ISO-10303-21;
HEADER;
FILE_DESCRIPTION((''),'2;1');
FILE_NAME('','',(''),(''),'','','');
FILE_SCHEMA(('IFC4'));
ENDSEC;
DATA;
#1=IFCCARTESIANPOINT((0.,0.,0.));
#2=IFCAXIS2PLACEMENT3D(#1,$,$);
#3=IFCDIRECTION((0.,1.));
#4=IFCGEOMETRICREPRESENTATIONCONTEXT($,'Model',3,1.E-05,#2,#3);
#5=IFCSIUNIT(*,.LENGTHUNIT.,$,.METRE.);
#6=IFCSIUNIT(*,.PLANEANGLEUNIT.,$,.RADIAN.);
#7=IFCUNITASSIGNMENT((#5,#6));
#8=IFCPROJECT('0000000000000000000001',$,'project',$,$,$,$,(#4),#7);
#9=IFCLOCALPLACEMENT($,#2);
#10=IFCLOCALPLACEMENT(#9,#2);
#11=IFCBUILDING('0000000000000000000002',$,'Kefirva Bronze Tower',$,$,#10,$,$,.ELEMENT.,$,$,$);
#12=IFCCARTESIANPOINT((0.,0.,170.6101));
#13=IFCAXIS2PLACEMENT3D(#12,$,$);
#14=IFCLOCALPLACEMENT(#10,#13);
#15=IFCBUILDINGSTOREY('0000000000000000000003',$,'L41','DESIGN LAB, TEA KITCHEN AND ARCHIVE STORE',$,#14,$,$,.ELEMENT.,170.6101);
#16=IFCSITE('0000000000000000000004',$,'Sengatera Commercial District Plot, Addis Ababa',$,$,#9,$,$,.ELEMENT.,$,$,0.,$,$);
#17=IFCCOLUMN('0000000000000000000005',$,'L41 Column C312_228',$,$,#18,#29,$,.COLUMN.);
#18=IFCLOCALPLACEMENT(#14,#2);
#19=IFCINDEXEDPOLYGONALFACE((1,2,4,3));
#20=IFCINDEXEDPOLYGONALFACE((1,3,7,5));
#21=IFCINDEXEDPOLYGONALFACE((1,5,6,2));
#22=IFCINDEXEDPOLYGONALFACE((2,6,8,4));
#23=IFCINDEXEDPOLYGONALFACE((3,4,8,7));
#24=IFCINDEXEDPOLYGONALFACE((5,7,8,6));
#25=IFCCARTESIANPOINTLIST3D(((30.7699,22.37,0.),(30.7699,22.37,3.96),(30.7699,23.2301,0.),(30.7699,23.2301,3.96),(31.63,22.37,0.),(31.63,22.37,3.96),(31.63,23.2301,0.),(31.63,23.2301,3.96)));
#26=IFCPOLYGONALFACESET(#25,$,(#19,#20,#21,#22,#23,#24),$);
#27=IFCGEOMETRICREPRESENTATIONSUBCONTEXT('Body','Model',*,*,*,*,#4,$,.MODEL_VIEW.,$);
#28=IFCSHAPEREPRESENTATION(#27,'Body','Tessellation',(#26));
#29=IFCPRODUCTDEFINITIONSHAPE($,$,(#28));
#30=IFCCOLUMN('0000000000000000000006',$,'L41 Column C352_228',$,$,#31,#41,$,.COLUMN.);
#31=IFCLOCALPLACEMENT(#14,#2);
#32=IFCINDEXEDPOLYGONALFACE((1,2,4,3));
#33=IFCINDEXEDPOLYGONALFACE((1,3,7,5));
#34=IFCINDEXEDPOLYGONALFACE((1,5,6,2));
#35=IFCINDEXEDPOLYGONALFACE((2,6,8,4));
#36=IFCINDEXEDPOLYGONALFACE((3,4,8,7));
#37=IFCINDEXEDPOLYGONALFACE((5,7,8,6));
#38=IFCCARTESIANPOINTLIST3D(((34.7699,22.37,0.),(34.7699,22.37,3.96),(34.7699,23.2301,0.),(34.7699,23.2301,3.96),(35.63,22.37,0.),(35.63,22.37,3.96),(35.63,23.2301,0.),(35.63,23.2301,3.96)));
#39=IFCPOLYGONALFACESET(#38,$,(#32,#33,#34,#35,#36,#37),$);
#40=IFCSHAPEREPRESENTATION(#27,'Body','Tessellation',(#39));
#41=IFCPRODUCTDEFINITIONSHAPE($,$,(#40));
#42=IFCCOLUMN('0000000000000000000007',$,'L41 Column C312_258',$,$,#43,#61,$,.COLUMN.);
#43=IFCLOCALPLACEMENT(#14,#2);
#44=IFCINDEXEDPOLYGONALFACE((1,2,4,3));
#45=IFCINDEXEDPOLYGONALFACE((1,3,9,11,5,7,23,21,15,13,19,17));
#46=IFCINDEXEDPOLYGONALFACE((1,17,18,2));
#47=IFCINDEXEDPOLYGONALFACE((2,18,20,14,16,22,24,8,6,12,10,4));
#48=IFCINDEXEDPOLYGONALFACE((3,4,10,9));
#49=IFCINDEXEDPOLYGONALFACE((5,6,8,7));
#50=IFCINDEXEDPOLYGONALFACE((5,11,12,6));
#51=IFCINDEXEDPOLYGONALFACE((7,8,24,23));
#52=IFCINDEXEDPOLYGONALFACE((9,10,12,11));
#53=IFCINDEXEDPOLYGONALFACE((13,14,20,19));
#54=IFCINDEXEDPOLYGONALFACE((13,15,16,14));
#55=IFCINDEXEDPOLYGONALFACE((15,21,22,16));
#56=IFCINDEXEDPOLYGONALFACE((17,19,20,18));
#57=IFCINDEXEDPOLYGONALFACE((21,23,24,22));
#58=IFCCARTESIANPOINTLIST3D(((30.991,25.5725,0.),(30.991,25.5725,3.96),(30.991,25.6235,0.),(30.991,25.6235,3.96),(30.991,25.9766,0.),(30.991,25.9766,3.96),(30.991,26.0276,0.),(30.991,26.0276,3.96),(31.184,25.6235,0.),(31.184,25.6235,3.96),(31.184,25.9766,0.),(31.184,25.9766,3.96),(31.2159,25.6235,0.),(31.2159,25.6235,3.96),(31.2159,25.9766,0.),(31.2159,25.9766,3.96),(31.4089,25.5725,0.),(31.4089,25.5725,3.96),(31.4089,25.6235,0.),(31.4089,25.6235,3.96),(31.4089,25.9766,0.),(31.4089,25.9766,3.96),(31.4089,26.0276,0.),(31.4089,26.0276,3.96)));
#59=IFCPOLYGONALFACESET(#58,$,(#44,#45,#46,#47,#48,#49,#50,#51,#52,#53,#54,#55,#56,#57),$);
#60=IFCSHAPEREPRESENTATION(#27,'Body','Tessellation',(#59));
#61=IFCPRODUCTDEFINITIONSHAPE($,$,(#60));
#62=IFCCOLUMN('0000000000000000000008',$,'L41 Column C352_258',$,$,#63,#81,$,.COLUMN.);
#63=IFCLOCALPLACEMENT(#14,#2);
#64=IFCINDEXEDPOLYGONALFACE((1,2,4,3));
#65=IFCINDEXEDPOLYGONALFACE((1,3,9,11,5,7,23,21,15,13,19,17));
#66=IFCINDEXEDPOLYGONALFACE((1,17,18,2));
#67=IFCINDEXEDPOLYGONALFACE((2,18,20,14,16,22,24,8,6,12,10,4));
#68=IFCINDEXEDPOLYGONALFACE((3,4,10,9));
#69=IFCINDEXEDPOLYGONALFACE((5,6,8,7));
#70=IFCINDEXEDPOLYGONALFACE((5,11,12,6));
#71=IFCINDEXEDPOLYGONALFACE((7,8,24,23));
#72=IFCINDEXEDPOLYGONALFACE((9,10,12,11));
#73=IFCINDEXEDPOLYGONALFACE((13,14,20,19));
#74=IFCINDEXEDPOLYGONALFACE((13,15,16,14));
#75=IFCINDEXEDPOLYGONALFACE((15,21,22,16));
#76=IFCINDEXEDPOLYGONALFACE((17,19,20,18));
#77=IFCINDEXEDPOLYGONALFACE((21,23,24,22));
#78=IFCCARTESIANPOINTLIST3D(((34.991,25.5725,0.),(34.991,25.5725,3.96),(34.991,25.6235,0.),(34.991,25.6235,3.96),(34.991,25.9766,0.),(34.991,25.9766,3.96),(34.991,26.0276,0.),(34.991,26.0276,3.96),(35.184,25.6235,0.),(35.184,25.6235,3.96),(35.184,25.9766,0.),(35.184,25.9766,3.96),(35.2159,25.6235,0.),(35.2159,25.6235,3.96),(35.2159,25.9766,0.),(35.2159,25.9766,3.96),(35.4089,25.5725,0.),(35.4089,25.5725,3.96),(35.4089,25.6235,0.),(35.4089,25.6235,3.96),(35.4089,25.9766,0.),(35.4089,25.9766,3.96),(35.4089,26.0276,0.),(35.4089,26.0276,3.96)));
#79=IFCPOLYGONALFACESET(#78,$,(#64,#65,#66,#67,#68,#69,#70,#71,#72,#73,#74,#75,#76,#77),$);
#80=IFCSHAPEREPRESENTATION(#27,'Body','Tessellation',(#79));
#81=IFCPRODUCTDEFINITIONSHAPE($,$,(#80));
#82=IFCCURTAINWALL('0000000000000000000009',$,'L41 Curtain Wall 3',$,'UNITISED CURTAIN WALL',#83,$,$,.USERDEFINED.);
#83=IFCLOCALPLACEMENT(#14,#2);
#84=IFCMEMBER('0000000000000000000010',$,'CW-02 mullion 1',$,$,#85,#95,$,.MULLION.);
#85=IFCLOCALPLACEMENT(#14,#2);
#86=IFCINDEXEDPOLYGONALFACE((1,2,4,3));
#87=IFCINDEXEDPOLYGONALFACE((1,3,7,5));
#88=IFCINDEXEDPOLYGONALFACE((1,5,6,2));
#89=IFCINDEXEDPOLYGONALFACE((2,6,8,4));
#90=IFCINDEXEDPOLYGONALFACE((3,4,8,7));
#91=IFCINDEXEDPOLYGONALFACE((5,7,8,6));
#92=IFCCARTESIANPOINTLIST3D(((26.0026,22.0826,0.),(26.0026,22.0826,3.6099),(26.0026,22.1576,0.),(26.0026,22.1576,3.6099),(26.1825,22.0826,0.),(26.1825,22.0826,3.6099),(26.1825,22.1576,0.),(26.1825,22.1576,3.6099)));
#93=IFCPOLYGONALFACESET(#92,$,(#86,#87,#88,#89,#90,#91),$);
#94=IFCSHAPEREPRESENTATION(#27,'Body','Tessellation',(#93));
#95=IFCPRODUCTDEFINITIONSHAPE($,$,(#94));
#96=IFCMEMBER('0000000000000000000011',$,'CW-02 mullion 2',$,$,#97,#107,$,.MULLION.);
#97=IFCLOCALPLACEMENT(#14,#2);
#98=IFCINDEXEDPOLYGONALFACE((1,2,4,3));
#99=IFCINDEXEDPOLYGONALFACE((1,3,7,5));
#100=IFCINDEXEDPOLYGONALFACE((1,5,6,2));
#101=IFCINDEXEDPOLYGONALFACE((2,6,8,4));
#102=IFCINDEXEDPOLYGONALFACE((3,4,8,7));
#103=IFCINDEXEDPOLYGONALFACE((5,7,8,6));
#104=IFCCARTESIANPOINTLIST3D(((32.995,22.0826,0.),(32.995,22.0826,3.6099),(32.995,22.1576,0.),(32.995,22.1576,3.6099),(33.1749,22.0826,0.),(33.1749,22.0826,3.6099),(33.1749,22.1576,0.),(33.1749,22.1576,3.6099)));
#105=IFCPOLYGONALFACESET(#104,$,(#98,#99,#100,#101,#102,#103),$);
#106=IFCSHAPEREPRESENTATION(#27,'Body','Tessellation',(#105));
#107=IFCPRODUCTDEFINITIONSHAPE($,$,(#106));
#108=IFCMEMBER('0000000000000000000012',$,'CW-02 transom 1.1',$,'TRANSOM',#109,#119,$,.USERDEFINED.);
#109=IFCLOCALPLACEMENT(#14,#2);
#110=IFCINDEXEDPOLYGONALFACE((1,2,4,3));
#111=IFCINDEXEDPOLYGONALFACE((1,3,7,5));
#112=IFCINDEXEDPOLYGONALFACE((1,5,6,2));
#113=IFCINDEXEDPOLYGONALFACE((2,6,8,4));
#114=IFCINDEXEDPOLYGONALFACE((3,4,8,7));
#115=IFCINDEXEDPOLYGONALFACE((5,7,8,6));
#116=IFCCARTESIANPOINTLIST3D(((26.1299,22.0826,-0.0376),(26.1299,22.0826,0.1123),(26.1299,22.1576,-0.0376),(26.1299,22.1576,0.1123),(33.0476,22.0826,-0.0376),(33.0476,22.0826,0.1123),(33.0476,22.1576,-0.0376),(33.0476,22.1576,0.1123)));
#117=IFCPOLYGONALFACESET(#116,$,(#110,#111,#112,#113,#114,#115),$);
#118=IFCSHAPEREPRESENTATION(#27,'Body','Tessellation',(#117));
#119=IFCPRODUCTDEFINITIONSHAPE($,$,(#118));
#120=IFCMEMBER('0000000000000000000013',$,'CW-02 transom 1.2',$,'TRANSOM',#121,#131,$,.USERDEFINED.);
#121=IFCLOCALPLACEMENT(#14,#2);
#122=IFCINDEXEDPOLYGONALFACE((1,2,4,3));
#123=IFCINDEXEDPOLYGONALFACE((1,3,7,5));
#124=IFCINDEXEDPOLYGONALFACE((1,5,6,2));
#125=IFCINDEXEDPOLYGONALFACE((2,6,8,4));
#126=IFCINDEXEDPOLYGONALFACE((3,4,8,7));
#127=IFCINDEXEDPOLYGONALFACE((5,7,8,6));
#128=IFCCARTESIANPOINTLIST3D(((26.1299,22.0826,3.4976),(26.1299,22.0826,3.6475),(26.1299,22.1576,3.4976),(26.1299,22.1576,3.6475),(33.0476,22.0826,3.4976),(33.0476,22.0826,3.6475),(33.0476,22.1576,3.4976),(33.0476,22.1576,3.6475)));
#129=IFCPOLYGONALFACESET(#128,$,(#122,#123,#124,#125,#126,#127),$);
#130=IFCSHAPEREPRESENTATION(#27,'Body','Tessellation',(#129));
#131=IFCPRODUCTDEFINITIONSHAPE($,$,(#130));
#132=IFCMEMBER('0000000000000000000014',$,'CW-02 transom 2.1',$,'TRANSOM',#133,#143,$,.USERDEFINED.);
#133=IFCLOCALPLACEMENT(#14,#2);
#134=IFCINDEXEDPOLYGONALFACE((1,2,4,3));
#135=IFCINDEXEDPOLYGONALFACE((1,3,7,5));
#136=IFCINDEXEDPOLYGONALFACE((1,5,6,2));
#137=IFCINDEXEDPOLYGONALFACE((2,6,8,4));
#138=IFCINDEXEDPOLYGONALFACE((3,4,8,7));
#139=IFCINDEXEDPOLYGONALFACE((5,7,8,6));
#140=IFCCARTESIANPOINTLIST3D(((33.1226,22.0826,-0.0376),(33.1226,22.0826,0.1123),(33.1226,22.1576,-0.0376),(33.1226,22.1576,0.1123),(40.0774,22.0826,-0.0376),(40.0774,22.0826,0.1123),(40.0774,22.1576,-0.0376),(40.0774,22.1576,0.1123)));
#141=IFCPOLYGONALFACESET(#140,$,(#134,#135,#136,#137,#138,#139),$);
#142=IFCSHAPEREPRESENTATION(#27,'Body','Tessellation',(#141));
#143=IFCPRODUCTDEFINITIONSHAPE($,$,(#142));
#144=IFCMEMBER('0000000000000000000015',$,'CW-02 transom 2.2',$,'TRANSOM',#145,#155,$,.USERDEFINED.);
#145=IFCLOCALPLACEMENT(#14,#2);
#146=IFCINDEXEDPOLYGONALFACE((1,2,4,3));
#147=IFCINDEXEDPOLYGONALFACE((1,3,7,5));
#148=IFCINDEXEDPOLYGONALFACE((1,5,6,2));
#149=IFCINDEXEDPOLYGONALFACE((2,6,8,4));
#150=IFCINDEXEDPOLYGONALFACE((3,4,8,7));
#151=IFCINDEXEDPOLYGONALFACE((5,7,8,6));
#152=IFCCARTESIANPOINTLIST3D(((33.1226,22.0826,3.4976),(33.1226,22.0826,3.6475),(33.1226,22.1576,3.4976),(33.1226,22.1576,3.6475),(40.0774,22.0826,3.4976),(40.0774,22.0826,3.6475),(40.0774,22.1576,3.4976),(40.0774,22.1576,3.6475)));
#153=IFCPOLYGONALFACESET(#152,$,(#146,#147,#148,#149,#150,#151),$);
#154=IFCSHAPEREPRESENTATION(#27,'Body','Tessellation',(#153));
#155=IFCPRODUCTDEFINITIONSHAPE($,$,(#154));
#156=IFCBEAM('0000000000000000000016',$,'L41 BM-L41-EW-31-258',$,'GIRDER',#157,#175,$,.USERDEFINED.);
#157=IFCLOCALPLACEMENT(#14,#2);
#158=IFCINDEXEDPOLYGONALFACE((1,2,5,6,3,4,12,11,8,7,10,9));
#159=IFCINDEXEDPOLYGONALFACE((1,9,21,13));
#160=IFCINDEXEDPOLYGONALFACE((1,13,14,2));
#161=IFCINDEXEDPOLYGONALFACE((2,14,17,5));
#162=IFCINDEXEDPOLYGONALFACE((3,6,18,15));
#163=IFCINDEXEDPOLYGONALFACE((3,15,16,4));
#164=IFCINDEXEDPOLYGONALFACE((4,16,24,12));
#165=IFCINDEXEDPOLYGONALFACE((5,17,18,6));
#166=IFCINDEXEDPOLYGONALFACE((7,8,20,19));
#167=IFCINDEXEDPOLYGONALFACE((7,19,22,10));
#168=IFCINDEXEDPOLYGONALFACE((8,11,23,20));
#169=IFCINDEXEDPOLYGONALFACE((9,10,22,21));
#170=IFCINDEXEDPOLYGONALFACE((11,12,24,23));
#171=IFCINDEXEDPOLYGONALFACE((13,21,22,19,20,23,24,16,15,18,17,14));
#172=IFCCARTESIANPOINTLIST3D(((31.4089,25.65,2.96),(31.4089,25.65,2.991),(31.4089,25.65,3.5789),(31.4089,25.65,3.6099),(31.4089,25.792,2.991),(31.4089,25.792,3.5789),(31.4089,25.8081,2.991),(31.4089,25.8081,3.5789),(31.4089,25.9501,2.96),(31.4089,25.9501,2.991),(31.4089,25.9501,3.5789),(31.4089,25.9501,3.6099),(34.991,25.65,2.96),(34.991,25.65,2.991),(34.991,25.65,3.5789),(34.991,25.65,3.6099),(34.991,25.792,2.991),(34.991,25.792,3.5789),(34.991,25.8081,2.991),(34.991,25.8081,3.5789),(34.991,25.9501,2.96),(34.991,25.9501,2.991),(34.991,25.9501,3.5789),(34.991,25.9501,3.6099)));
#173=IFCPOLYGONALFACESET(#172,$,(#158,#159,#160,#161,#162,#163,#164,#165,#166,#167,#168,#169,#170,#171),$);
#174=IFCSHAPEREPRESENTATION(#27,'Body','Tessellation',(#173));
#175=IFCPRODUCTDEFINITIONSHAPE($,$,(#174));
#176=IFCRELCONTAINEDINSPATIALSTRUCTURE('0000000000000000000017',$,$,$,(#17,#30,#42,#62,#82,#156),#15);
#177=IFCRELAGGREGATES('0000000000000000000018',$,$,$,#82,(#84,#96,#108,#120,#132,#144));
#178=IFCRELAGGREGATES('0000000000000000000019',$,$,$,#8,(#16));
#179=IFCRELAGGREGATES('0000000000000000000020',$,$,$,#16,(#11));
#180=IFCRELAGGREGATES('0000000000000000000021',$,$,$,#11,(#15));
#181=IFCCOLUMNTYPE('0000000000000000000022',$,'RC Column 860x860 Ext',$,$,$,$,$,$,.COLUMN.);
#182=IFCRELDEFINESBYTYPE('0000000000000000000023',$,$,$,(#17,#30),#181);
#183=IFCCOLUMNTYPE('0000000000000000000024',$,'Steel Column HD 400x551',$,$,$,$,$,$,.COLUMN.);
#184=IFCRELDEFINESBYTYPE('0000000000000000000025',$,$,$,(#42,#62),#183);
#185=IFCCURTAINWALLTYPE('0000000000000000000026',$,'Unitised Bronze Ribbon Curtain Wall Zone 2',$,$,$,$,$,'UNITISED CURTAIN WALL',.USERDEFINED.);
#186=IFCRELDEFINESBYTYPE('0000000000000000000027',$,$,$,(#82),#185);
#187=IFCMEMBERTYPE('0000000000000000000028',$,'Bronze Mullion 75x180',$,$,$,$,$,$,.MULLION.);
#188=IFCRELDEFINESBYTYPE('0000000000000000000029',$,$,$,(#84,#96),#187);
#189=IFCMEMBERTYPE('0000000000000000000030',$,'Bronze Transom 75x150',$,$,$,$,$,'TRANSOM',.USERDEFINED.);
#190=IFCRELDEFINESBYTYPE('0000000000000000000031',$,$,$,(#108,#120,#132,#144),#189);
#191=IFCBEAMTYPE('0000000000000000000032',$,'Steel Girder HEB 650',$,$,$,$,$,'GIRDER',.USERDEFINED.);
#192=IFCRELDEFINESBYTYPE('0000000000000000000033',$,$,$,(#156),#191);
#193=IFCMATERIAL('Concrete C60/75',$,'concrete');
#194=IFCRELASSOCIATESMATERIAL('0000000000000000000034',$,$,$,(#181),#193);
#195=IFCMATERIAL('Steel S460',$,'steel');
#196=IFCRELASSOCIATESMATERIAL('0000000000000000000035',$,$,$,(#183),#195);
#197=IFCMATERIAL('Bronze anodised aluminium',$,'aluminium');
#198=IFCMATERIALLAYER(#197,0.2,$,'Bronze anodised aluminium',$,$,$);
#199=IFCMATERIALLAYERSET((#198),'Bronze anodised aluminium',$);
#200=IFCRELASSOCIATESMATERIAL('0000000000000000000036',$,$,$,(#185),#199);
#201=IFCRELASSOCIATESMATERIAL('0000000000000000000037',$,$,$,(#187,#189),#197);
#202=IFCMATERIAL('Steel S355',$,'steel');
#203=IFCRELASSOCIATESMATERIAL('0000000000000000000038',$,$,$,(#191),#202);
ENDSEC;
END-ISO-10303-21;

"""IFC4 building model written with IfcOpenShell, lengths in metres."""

from ifc_helpers import new_model, si_unit, direction, frame, origin, origin_2d, place, context, subcontext, project, spatial, rectangle, i_section, extrude, material, layer, layer_set, material_profile, profile_set, type_object, element, aggregate, save


model = new_model("IFC4")

# Units and contexts
model_context = context("Model", 3, precision=1e-05, world=origin(), true_north=direction((0.0, 1.0)))
body_context = subcontext(model_context, "Body", "Model", "MODEL_VIEW")
ifc_project = project(units=[si_unit("LENGTHUNIT", "METRE"), si_unit("PLANEANGLEUNIT", "RADIAN")], contexts=[model_context])

# Site, building, storey
site_placement = place(None, origin())
site = spatial("IfcSite", under=ifc_project, at=site_placement, Name="Sengatera Commercial District Plot, Addis Ababa", CompositionType="ELEMENT", RefElevation=0.0)
building_placement = place(site_placement, origin())
building = spatial("IfcBuilding", under=site, at=building_placement, Name="Kefirva Bronze Tower", CompositionType="ELEMENT")
storey_placement = place(building_placement, frame((0.0, 0.0, 170.6101)))
storey = spatial("IfcBuildingStorey", under=building, at=storey_placement, Name="L41", Description="DESIGN LAB, TEA KITCHEN AND ARCHIVE STORE", CompositionType="ELEMENT", Elevation=170.6101)

# Columns
ifc_material_1 = material(Name="Concrete C60/75", Category="concrete")
ifc_material_profile_1 = material_profile(ifc_material_1, rectangle(XDim=0.8601, YDim=0.8601, at=origin_2d()), Name="RC 860x860")
ifc_profile_set_1 = profile_set([ifc_material_profile_1], Name="Concrete C60/75")
column_type_1 = type_object("IfcColumnType", Name="RC Column 860x860 Ext", PredefinedType="COLUMN", material=ifc_profile_set_1)
for number, where, z_axis, x_axis, name in (
    (1, (31.2, 22.8, 0.0), (0.0, 0.0, 1.0), (1.0, 0.0, 0.0), "L41 Column C312_228"),
    (2, (35.2, 22.8, 0.0), (0.0, 0.0, 1.0), (1.0, 0.0, 0.0), "L41 Column C352_228"),
):
    element("IfcColumn", number, at=place(storey_placement, frame(where, z_axis=z_axis, x_axis=x_axis)), inside=storey, type_object=column_type_1, Name=name, PredefinedType="COLUMN", context=body_context, shape_type="SweptSolid", body=[
        extrude(rectangle(XDim=0.8601, YDim=0.8601, at=origin_2d()), origin(), (0.0, 0.0, 1.0), 3.96),
    ])
ifc_material_2 = material(Name="Steel S460", Category="steel")
ifc_material_profile_2 = material_profile(ifc_material_2, i_section(OverallWidth=0.418, OverallDepth=0.4551, WebThickness=0.032, FlangeThickness=0.051, at=origin_2d()), Name="HD 400x551")
ifc_profile_set_2 = profile_set([ifc_material_profile_2], Name="Steel S460")
column_type_2 = type_object("IfcColumnType", Name="Steel Column HD 400x551", PredefinedType="COLUMN", material=ifc_profile_set_2)
for number, where, z_axis, x_axis, name in (
    (3, (31.2, 25.8, 0.0), (0.0, 0.0, 1.0), (1.0, 0.0, 0.0), "L41 Column C312_258"),
    (4, (35.2, 25.8, 0.0), (0.0, 0.0, 1.0), (1.0, 0.0, 0.0), "L41 Column C352_258"),
):
    element("IfcColumn", number, at=place(storey_placement, frame(where, z_axis=z_axis, x_axis=x_axis)), inside=storey, type_object=column_type_2, Name=name, PredefinedType="COLUMN", context=body_context, shape_type="SweptSolid", body=[
        extrude(i_section(OverallWidth=0.418, OverallDepth=0.4551, WebThickness=0.032, FlangeThickness=0.051, at=origin_2d()), origin(), (0.0, 0.0, 1.0), 3.96),
    ])

# Curtain wall, members
ifc_material_3 = material(Name="Bronze anodised aluminium", Category="aluminium")
ifc_layer_1 = layer(ifc_material_3, 0.2, Name="Bronze anodised aluminium")
ifc_layer_set_1 = layer_set([ifc_layer_1], Name="Bronze anodised aluminium")
curtain_wall_type = type_object("IfcCurtainWallType", Name="Unitised Bronze Ribbon Curtain Wall Zone 2", ElementType="UNITISED CURTAIN WALL", PredefinedType="USERDEFINED", material=ifc_layer_set_1)
curtain_wall_placement = place(storey_placement, origin())
curtain_wall = element("IfcCurtainWall", 5, at=curtain_wall_placement, inside=storey, type_object=curtain_wall_type, Name="L41 Curtain Wall 3", ObjectType="UNITISED CURTAIN WALL", PredefinedType="USERDEFINED")
ifc_material_profile_3 = material_profile(ifc_material_3, rectangle(XDim=0.075, YDim=0.1799, at=origin_2d()), Name="ALU 75x180")
ifc_profile_set_3 = profile_set([ifc_material_profile_3], Name="Bronze anodised aluminium")
member_type_1 = type_object("IfcMemberType", Name="Bronze Mullion 75x180", PredefinedType="MULLION", material=ifc_profile_set_3)
member_1_placement = place(storey_placement, frame((26.0925, 22.1201, 0.0), z_axis=(0.0, 0.0, 1.0), x_axis=(0.0, 1.0, 0.0)))
member_1 = element("IfcMember", 6, at=member_1_placement, type_object=member_type_1, Name="CW-02 mullion 1", PredefinedType="MULLION", context=body_context, shape_type="SweptSolid", body=[
    extrude(rectangle(XDim=0.075, YDim=0.1799, at=origin_2d()), origin(), (0.0, 0.0, 1.0), 3.6099),
])
member_2_placement = place(storey_placement, frame((33.085, 22.1201, 0.0), z_axis=(0.0, 0.0, 1.0), x_axis=(0.0, 1.0, 0.0)))
member_2 = element("IfcMember", 7, at=member_2_placement, type_object=member_type_1, Name="CW-02 mullion 2", PredefinedType="MULLION", context=body_context, shape_type="SweptSolid", body=[
    extrude(rectangle(XDim=0.075, YDim=0.1799, at=origin_2d()), origin(), (0.0, 0.0, 1.0), 3.6099),
])
ifc_material_profile_4 = material_profile(ifc_material_3, rectangle(XDim=0.075, YDim=0.1499, at=origin_2d()), Name="ALU 75x150")
ifc_profile_set_4 = profile_set([ifc_material_profile_4], Name="Bronze anodised aluminium")
member_type_2 = type_object("IfcMemberType", Name="Bronze Transom 75x150", ElementType="TRANSOM", PredefinedType="USERDEFINED", material=ifc_profile_set_4)
member_3_placement = place(storey_placement, frame((26.1299, 22.1201, 0.0374), z_axis=(1.0, 0.0, 0.0), x_axis=(0.0, 1.0, 0.0)))
member_3 = element("IfcMember", 8, at=member_3_placement, type_object=member_type_2, Name="CW-02 transom 1.1", ObjectType="TRANSOM", PredefinedType="USERDEFINED", context=body_context, shape_type="SweptSolid", body=[
    extrude(rectangle(XDim=0.075, YDim=0.1499, at=origin_2d()), origin(), (0.0, 0.0, 1.0), 6.9177),
])
member_4_placement = place(storey_placement, frame((26.1299, 22.1201, 3.5725), z_axis=(1.0, 0.0, 0.0), x_axis=(0.0, 1.0, 0.0)))
member_4 = element("IfcMember", 9, at=member_4_placement, type_object=member_type_2, Name="CW-02 transom 1.2", ObjectType="TRANSOM", PredefinedType="USERDEFINED", context=body_context, shape_type="SweptSolid", body=[
    extrude(rectangle(XDim=0.075, YDim=0.1499, at=origin_2d()), origin(), (0.0, 0.0, 1.0), 6.9177),
])
member_5_placement = place(storey_placement, frame((33.1226, 22.1201, 0.0374), z_axis=(1.0, 0.0, 0.0), x_axis=(0.0, 1.0, 0.0)))
member_5 = element("IfcMember", 10, at=member_5_placement, type_object=member_type_2, Name="CW-02 transom 2.1", ObjectType="TRANSOM", PredefinedType="USERDEFINED", context=body_context, shape_type="SweptSolid", body=[
    extrude(rectangle(XDim=0.075, YDim=0.1499, at=origin_2d()), origin(), (0.0, 0.0, 1.0), 6.9548),
])
member_6_placement = place(storey_placement, frame((33.1226, 22.1201, 3.5725), z_axis=(1.0, 0.0, 0.0), x_axis=(0.0, 1.0, 0.0)))
member_6 = element("IfcMember", 11, at=member_6_placement, type_object=member_type_2, Name="CW-02 transom 2.2", ObjectType="TRANSOM", PredefinedType="USERDEFINED", context=body_context, shape_type="SweptSolid", body=[
    extrude(rectangle(XDim=0.075, YDim=0.1499, at=origin_2d()), origin(), (0.0, 0.0, 1.0), 6.9548),
])

# Beam
ifc_material_4 = material(Name="Steel S355", Category="steel")
ifc_material_profile_5 = material_profile(ifc_material_4, i_section(OverallWidth=0.3, OverallDepth=0.6499, WebThickness=0.0161, FlangeThickness=0.031, at=origin_2d()), Name="HEB 650")
ifc_profile_set_5 = profile_set([ifc_material_profile_5], Name="Steel S355")
beam_type_1 = type_object("IfcBeamType", Name="Steel Girder HEB 650", ElementType="GIRDER", PredefinedType="USERDEFINED", material=ifc_profile_set_5)
beam_1_placement = place(storey_placement, frame((31.4089, 25.8, 3.2849), z_axis=(1.0, 0.0, 0.0), x_axis=(0.0, 1.0, 0.0)))
element("IfcBeam", 12, at=beam_1_placement, inside=storey, type_object=beam_type_1, Name="L41 BM-L41-EW-31-258", ObjectType="GIRDER", PredefinedType="USERDEFINED", context=body_context, shape_type="SweptSolid", body=[
    extrude(i_section(OverallWidth=0.3, OverallDepth=0.6499, WebThickness=0.0161, FlangeThickness=0.031, at=origin_2d()), origin(), (0.0, 0.0, 1.0), 3.582),
])

aggregate(curtain_wall, [member_1, member_2, member_3, member_4, member_5, member_6])

save(model, "model.ifc")
